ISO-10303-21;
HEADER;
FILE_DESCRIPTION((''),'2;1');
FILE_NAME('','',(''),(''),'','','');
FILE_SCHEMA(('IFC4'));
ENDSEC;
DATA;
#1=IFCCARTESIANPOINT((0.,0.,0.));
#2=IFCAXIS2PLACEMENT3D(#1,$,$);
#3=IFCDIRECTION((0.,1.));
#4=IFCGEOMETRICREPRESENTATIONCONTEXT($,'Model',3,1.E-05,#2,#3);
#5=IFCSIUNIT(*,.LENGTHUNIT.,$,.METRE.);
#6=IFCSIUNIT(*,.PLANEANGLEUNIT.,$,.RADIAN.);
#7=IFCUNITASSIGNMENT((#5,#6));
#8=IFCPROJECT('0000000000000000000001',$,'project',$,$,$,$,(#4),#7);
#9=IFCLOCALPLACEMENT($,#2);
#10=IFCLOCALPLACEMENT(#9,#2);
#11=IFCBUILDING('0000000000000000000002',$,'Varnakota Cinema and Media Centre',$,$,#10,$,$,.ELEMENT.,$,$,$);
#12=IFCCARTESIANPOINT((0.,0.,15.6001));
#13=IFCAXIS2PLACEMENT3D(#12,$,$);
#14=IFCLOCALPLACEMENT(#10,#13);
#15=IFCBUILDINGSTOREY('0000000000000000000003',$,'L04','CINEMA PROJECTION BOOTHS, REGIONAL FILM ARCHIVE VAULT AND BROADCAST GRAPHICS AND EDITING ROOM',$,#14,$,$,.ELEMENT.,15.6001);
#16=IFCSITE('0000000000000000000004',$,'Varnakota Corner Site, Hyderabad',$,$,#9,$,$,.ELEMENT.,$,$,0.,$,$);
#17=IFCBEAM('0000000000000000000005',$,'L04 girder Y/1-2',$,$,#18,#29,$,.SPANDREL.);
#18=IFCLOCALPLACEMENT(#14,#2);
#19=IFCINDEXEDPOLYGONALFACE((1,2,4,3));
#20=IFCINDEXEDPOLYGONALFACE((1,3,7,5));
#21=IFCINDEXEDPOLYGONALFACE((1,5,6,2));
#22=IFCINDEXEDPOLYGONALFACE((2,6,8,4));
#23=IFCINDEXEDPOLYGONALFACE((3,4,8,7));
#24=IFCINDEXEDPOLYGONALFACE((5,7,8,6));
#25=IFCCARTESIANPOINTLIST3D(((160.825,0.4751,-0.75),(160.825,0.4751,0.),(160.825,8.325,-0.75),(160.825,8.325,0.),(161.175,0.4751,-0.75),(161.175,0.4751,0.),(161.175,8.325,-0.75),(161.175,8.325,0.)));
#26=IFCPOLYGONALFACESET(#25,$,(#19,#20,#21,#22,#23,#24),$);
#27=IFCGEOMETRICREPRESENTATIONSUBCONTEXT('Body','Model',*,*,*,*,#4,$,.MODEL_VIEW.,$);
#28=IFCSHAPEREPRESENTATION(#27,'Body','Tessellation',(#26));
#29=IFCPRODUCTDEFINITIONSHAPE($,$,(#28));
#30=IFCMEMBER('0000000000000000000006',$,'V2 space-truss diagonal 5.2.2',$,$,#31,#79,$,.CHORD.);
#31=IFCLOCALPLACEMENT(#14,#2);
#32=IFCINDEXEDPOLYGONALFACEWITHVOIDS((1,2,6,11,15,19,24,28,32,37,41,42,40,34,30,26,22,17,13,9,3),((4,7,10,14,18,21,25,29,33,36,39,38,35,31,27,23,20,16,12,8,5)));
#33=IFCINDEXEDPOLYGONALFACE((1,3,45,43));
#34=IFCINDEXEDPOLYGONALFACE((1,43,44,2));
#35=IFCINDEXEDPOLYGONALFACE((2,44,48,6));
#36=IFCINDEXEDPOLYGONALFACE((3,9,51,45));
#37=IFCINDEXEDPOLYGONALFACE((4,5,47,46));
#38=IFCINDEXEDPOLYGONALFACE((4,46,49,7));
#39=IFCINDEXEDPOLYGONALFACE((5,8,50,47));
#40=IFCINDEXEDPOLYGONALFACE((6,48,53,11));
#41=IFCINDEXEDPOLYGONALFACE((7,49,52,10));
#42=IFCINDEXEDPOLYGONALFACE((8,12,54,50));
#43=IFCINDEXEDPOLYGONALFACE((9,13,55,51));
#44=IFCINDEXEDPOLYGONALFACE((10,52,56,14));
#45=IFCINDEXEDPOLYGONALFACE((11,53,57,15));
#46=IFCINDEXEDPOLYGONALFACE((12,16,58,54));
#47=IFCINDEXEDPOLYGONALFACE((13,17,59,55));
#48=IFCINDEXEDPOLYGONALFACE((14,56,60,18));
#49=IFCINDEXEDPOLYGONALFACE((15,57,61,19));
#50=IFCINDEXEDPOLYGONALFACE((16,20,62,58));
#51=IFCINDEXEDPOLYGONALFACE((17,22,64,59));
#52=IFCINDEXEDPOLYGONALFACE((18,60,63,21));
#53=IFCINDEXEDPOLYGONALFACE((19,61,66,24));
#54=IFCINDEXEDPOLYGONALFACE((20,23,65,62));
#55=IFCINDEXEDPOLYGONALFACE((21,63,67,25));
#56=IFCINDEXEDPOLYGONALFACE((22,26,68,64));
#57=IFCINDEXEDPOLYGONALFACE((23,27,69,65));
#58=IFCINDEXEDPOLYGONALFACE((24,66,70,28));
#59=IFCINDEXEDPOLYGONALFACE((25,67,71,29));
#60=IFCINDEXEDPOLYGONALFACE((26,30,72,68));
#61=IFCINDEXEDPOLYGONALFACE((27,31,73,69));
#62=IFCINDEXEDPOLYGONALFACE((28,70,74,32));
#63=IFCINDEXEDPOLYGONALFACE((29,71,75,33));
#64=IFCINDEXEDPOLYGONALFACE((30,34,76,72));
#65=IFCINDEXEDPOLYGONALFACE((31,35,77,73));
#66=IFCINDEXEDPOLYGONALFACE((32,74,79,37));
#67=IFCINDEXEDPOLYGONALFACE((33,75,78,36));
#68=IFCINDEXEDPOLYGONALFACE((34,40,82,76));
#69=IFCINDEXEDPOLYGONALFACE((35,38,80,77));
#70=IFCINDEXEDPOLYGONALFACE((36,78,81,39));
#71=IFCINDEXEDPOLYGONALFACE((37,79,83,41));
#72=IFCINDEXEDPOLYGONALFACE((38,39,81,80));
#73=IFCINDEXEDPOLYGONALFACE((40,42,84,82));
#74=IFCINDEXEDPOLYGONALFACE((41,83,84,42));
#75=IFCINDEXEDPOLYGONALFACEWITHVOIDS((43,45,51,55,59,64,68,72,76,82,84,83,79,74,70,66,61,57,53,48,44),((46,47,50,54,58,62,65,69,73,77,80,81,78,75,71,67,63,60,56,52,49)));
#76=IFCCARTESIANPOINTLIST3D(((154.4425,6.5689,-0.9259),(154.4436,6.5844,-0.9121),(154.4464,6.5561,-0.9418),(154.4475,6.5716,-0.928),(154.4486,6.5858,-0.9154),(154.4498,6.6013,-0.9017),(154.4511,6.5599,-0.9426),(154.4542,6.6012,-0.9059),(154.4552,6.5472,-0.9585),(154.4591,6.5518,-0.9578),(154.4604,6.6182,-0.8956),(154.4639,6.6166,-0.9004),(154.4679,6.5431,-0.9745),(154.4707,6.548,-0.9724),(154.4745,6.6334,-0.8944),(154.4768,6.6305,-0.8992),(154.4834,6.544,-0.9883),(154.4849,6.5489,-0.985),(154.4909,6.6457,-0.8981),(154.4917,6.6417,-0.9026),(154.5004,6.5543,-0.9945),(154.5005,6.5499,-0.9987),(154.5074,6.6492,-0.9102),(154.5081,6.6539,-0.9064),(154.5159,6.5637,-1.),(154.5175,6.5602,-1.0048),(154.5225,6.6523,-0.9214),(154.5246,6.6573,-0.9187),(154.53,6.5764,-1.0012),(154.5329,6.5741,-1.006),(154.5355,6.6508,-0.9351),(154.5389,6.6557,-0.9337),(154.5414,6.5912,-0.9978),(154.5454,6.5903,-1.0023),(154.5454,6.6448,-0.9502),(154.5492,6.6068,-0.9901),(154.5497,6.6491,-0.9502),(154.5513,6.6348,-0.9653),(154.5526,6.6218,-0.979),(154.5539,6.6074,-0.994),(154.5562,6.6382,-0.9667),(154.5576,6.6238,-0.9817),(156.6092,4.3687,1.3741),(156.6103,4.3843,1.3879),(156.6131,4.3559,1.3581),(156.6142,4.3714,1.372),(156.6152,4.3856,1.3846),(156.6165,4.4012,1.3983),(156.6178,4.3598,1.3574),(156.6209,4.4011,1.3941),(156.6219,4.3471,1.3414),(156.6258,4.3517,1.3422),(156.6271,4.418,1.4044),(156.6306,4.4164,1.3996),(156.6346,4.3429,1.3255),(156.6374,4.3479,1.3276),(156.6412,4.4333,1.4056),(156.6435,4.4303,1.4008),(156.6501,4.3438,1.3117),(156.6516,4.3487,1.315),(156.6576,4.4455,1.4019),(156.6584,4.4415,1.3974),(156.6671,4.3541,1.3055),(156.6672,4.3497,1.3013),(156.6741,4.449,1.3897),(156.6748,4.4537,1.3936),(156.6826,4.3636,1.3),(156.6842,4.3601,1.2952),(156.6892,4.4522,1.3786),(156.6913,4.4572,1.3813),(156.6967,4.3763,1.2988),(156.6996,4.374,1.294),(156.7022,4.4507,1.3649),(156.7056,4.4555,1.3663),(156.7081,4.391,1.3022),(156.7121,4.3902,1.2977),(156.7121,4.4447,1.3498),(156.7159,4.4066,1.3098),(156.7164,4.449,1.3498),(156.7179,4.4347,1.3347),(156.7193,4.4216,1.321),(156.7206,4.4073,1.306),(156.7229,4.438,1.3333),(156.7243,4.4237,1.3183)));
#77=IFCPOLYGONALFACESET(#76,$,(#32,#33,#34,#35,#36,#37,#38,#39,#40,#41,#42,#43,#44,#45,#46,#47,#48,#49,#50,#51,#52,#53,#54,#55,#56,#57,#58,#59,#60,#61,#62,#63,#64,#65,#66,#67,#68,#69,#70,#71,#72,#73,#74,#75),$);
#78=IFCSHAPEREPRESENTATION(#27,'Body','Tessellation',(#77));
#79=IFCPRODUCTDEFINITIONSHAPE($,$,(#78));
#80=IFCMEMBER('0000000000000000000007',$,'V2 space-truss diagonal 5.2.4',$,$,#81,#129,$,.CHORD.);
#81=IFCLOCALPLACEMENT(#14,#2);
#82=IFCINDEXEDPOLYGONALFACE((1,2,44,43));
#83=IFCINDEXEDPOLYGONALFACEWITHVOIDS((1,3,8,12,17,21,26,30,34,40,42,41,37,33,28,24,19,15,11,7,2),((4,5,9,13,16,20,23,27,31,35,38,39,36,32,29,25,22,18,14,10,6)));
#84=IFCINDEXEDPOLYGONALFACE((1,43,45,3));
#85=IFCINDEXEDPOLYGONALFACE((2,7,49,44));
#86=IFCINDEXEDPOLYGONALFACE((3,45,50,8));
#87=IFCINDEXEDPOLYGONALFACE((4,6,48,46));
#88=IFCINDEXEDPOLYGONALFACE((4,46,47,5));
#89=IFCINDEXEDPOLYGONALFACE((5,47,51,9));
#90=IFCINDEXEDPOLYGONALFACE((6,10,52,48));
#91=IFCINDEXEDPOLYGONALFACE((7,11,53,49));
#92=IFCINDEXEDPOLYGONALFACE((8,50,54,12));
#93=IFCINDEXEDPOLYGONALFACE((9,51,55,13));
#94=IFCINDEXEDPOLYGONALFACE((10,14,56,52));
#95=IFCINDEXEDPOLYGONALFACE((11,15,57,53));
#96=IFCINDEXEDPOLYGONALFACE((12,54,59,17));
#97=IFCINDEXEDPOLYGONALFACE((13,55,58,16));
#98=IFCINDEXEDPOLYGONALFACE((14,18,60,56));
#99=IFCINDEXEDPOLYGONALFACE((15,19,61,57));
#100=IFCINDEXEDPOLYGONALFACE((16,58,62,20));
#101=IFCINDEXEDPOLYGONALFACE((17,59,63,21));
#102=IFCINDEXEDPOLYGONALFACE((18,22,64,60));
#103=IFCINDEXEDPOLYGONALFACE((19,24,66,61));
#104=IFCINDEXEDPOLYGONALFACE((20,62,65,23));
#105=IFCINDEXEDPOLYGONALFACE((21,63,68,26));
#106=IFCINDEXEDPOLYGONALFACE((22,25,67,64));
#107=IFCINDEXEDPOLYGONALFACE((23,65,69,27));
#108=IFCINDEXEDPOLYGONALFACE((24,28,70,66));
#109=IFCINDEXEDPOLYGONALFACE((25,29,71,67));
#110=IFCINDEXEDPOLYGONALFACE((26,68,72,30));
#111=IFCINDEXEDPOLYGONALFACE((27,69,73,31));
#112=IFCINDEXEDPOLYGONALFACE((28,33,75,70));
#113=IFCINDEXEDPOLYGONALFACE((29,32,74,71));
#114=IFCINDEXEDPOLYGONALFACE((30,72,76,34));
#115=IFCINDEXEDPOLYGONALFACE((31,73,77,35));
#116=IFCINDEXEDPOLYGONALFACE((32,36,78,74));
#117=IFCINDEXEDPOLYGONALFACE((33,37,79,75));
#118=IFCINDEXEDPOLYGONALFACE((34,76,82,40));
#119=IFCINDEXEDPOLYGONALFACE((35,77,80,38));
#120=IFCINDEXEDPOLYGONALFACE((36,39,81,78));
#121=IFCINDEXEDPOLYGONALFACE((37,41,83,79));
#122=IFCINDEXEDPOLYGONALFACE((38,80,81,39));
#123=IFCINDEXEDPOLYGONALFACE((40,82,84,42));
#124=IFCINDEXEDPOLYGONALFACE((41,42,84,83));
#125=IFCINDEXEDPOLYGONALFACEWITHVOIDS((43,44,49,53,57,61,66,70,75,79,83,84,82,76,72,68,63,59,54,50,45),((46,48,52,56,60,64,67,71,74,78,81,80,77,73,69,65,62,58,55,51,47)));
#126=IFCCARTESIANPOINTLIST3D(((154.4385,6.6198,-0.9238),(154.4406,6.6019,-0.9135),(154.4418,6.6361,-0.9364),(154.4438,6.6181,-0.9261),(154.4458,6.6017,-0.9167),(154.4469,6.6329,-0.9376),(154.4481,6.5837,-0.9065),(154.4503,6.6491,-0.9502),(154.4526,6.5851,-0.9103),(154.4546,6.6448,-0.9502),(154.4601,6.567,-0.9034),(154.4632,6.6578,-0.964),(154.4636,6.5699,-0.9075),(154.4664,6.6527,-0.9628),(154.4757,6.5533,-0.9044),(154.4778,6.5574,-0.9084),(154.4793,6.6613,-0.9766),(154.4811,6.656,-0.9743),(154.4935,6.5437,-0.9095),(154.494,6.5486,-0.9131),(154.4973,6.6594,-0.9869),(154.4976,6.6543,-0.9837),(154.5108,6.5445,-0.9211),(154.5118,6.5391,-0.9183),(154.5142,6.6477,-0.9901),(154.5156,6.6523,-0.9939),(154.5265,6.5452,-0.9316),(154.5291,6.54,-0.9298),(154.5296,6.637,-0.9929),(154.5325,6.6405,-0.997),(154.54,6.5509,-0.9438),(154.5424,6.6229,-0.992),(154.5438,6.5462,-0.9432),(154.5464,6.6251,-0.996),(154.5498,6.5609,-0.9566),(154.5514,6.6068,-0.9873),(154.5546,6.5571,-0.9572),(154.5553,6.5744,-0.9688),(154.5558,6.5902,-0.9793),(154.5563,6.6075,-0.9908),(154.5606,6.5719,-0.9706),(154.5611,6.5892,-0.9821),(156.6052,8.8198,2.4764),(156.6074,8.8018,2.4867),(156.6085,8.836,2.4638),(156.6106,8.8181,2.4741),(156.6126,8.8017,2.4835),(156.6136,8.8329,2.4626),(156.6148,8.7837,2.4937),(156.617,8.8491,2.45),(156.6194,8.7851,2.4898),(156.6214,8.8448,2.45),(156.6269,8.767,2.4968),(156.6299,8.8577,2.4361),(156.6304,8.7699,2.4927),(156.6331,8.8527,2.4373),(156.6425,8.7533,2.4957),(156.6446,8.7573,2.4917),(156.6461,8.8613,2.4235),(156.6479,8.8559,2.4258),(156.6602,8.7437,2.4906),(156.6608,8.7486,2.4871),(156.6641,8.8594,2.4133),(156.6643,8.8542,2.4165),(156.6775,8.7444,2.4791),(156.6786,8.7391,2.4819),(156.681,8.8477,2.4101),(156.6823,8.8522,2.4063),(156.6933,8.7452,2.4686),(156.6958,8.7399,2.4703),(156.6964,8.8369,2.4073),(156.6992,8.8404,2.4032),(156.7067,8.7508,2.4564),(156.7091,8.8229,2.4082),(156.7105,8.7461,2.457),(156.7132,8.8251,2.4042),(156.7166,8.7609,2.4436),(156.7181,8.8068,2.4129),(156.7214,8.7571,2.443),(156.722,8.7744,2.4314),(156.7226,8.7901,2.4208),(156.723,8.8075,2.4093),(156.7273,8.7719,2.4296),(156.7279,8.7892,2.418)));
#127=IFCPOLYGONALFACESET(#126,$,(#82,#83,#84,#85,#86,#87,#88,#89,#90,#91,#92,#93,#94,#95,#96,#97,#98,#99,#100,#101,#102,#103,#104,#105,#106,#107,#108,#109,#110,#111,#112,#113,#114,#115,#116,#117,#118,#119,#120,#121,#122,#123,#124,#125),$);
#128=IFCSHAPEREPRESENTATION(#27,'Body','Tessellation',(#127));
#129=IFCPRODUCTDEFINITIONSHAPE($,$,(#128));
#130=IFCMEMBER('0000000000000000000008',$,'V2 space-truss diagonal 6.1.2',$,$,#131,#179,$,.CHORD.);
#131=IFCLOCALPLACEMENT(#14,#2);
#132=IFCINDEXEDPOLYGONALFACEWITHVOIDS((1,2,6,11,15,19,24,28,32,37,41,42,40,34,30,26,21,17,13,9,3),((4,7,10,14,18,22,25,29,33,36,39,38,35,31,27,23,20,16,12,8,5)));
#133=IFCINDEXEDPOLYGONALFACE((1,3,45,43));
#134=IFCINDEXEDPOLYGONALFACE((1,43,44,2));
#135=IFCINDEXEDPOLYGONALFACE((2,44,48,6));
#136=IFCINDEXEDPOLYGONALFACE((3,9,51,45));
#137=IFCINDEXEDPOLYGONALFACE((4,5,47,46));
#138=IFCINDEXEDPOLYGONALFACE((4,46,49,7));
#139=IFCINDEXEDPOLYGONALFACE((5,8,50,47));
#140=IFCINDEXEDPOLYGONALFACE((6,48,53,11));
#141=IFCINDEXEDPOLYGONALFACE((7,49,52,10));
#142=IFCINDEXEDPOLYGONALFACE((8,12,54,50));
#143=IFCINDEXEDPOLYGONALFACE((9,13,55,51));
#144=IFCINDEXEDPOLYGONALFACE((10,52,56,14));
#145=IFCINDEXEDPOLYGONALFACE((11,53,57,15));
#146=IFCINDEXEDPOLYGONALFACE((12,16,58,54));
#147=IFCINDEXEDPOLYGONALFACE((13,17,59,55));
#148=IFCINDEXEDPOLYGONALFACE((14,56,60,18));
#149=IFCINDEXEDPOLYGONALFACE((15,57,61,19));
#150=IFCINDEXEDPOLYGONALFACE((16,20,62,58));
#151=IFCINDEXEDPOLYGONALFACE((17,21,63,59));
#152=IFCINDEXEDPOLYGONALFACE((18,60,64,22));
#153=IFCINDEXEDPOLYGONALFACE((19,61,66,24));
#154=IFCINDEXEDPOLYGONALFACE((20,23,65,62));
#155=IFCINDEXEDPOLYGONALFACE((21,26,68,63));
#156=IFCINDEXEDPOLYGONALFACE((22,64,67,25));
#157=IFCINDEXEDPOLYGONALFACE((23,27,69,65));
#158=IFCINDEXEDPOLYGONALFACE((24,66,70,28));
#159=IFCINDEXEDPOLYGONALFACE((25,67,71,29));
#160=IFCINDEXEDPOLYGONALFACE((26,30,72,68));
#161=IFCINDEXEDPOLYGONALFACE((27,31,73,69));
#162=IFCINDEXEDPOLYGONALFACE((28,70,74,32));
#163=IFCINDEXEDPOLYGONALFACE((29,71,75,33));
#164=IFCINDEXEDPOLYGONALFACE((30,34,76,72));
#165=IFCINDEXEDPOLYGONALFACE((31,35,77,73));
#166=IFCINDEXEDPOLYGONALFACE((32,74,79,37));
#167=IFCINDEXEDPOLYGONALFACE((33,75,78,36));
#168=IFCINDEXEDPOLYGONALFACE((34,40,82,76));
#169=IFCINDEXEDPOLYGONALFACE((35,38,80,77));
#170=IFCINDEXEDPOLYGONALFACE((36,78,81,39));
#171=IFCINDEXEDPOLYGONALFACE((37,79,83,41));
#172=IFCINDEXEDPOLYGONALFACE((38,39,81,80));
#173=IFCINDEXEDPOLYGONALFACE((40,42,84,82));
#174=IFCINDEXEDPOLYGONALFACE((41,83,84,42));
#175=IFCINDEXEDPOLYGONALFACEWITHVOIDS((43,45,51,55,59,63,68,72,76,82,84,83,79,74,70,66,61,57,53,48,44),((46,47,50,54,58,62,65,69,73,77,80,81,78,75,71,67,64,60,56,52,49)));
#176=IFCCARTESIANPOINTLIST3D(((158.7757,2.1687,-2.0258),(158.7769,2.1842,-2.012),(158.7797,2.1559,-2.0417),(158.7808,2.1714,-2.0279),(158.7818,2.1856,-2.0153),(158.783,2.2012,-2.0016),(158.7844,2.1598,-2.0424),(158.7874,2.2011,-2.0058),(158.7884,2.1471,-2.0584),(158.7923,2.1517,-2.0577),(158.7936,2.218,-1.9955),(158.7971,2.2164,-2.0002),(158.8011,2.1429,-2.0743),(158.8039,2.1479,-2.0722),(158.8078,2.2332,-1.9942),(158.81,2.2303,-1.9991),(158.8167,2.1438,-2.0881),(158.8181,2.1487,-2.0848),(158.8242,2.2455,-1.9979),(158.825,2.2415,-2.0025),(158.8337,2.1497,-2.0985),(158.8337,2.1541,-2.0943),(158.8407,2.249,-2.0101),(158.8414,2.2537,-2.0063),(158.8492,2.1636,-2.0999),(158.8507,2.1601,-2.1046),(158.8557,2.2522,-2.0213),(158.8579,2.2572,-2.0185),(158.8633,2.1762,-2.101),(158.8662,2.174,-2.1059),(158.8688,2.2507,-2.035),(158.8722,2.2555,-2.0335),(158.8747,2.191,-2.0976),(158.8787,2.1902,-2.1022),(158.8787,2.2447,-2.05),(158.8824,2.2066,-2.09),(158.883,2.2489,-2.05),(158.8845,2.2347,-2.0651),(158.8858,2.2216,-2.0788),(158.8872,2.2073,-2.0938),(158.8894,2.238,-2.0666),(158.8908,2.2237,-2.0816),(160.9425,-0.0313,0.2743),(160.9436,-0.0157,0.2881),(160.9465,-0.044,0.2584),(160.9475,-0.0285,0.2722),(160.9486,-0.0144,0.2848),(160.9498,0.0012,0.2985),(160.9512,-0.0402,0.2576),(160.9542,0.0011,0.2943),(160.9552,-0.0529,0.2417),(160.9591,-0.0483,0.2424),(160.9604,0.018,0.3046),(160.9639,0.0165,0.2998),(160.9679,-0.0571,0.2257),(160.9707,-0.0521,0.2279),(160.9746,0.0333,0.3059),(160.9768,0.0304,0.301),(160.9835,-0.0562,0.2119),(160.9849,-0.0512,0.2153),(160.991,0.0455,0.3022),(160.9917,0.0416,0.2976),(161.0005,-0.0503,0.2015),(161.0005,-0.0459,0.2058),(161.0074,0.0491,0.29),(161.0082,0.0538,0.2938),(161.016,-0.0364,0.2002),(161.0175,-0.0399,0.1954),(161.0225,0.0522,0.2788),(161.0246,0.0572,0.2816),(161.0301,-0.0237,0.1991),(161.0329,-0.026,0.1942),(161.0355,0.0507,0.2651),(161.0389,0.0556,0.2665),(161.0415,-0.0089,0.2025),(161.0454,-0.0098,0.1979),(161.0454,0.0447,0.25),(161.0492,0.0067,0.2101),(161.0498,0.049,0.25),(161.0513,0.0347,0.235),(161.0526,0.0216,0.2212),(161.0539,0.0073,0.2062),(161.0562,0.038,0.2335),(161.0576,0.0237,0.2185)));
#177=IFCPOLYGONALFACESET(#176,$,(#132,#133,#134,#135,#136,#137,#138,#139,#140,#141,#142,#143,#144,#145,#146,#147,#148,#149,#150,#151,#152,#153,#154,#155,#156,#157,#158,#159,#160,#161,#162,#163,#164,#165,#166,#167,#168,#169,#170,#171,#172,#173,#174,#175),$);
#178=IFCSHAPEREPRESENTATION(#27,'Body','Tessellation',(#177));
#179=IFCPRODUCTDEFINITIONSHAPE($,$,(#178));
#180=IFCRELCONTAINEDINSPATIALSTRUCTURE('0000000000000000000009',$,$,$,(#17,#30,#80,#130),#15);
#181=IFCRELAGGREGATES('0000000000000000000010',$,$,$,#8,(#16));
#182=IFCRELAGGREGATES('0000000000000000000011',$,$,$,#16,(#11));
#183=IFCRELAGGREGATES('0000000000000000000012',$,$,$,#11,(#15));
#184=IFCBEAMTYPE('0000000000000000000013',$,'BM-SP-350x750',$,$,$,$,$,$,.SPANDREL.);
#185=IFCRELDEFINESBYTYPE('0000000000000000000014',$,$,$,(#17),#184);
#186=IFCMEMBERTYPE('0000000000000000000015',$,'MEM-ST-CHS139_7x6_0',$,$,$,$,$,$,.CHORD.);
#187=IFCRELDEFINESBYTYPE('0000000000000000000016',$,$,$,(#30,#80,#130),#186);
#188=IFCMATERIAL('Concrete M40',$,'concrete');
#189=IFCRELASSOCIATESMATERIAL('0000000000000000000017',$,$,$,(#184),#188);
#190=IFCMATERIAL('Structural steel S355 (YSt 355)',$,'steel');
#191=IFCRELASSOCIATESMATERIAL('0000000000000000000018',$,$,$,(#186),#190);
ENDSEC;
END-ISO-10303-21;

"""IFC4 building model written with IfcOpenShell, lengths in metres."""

from ifc_helpers import new_model, si_unit, direction, frame, origin, origin_2d, place, context, subcontext, project, spatial, rectangle, hollow_circle, extrude, material, material_profile, profile_set, type_object, element, save


model = new_model("IFC4")

# Units and contexts
model_context = context("Model", 3, precision=1e-05, world=origin(), true_north=direction((0.0, 1.0)))
body_context = subcontext(model_context, "Body", "Model", "MODEL_VIEW")
ifc_project = project(units=[si_unit("LENGTHUNIT", "METRE"), si_unit("PLANEANGLEUNIT", "RADIAN")], contexts=[model_context])

# Site, building, storey
site_placement = place(None, origin())
site = spatial("IfcSite", under=ifc_project, at=site_placement, Name="Varnakota Corner Site, Hyderabad", CompositionType="ELEMENT", RefElevation=0.0)
building_placement = place(site_placement, origin())
building = spatial("IfcBuilding", under=site, at=building_placement, Name="Varnakota Cinema and Media Centre", CompositionType="ELEMENT")
storey_placement = place(building_placement, frame((0.0, 0.0, 15.6001)))
storey = spatial("IfcBuildingStorey", under=building, at=storey_placement, Name="L04", Description="CINEMA PROJECTION BOOTHS, REGIONAL FILM ARCHIVE VAULT AND BROADCAST GRAPHICS AND EDITING ROOM", CompositionType="ELEMENT", Elevation=15.6001)

# Beam
ifc_material_1 = material(Name="Concrete M40", Category="concrete")
ifc_material_profile_1 = material_profile(ifc_material_1, rectangle(XDim=0.3501, YDim=0.75, at=origin_2d()), Name="RCB 350x750")
ifc_profile_set_1 = profile_set([ifc_material_profile_1], Name="Concrete M40")
beam_type = type_object("IfcBeamType", Name="BM-SP-350x750", PredefinedType="SPANDREL", material=ifc_profile_set_1)
beam_placement = place(storey_placement, frame((161.0, 0.4751, -0.375), z_axis=(0.0, 1.0, 0.0), x_axis=(-1.0, 0.0, 0.0)))
element("IfcBeam", 1, at=beam_placement, inside=storey, type_object=beam_type, Name="L04 girder Y/1-2", PredefinedType="SPANDREL", context=body_context, shape_type="SweptSolid", body=[
    extrude(rectangle(XDim=0.3501, YDim=0.75, at=origin_2d()), origin(), (0.0, 0.0, 1.0), 7.8499),
])

# Members
ifc_material_2 = material(Name="Structural steel S355 (YSt 355)", Category="steel")
ifc_material_profile_2 = material_profile(ifc_material_2, hollow_circle(Radius=0.0698, WallThickness=0.0061, at=origin_2d()), Name="CHS 139.7x6.0")
ifc_profile_set_2 = profile_set([ifc_material_profile_2], Name="Structural steel S355 (YSt 355)")
member_type_1 = type_object("IfcMemberType", Name="MEM-ST-CHS139_7x6_0", PredefinedType="CHORD", material=ifc_profile_set_2)
member_1_placement = place(storey_placement, frame((154.5, 6.6001, -0.9502), z_axis=(0.562728, -0.571414, 0.597347), x_axis=(0.712502, 0.70167, 0.0)))
element("IfcMember", 2, at=member_1_placement, inside=storey, type_object=member_type_1, Name="V2 space-truss diagonal 5.2.2", PredefinedType="CHORD", context=body_context, shape_type="SweptSolid", body=[
    extrude(hollow_circle(Radius=0.0698, WallThickness=0.0061, at=origin_2d()), origin(), (0.0, 0.0, 1.0), 3.8503),
])
member_2_placement = place(storey_placement, frame((154.5, 6.6001, -0.9502), z_axis=(0.471751, 0.47898, 0.74029), x_axis=(-0.712463, 0.70171, 0.0)))
element("IfcMember", 3, at=member_2_placement, inside=storey, type_object=member_type_1, Name="V2 space-truss diagonal 5.2.4", PredefinedType="CHORD", context=body_context, shape_type="SweptSolid", body=[
    extrude(hollow_circle(Radius=0.0698, WallThickness=0.0061, at=origin_2d()), origin(), (0.0, 0.0, 1.0), 4.593),
])
member_3_placement = place(storey_placement, frame((158.8333, 2.2, -2.05), z_axis=(0.562748, -0.571371, 0.597369), x_axis=(0.712463, 0.70171, 0.0)))
element("IfcMember", 4, at=member_3_placement, inside=storey, type_object=member_type_1, Name="V2 space-truss diagonal 6.1.2", PredefinedType="CHORD", context=body_context, shape_type="SweptSolid", body=[
    extrude(hollow_circle(Radius=0.0698, WallThickness=0.0061, at=origin_2d()), origin(), (0.0, 0.0, 1.0), 3.8503),
])

save(model, "model.ifc")
